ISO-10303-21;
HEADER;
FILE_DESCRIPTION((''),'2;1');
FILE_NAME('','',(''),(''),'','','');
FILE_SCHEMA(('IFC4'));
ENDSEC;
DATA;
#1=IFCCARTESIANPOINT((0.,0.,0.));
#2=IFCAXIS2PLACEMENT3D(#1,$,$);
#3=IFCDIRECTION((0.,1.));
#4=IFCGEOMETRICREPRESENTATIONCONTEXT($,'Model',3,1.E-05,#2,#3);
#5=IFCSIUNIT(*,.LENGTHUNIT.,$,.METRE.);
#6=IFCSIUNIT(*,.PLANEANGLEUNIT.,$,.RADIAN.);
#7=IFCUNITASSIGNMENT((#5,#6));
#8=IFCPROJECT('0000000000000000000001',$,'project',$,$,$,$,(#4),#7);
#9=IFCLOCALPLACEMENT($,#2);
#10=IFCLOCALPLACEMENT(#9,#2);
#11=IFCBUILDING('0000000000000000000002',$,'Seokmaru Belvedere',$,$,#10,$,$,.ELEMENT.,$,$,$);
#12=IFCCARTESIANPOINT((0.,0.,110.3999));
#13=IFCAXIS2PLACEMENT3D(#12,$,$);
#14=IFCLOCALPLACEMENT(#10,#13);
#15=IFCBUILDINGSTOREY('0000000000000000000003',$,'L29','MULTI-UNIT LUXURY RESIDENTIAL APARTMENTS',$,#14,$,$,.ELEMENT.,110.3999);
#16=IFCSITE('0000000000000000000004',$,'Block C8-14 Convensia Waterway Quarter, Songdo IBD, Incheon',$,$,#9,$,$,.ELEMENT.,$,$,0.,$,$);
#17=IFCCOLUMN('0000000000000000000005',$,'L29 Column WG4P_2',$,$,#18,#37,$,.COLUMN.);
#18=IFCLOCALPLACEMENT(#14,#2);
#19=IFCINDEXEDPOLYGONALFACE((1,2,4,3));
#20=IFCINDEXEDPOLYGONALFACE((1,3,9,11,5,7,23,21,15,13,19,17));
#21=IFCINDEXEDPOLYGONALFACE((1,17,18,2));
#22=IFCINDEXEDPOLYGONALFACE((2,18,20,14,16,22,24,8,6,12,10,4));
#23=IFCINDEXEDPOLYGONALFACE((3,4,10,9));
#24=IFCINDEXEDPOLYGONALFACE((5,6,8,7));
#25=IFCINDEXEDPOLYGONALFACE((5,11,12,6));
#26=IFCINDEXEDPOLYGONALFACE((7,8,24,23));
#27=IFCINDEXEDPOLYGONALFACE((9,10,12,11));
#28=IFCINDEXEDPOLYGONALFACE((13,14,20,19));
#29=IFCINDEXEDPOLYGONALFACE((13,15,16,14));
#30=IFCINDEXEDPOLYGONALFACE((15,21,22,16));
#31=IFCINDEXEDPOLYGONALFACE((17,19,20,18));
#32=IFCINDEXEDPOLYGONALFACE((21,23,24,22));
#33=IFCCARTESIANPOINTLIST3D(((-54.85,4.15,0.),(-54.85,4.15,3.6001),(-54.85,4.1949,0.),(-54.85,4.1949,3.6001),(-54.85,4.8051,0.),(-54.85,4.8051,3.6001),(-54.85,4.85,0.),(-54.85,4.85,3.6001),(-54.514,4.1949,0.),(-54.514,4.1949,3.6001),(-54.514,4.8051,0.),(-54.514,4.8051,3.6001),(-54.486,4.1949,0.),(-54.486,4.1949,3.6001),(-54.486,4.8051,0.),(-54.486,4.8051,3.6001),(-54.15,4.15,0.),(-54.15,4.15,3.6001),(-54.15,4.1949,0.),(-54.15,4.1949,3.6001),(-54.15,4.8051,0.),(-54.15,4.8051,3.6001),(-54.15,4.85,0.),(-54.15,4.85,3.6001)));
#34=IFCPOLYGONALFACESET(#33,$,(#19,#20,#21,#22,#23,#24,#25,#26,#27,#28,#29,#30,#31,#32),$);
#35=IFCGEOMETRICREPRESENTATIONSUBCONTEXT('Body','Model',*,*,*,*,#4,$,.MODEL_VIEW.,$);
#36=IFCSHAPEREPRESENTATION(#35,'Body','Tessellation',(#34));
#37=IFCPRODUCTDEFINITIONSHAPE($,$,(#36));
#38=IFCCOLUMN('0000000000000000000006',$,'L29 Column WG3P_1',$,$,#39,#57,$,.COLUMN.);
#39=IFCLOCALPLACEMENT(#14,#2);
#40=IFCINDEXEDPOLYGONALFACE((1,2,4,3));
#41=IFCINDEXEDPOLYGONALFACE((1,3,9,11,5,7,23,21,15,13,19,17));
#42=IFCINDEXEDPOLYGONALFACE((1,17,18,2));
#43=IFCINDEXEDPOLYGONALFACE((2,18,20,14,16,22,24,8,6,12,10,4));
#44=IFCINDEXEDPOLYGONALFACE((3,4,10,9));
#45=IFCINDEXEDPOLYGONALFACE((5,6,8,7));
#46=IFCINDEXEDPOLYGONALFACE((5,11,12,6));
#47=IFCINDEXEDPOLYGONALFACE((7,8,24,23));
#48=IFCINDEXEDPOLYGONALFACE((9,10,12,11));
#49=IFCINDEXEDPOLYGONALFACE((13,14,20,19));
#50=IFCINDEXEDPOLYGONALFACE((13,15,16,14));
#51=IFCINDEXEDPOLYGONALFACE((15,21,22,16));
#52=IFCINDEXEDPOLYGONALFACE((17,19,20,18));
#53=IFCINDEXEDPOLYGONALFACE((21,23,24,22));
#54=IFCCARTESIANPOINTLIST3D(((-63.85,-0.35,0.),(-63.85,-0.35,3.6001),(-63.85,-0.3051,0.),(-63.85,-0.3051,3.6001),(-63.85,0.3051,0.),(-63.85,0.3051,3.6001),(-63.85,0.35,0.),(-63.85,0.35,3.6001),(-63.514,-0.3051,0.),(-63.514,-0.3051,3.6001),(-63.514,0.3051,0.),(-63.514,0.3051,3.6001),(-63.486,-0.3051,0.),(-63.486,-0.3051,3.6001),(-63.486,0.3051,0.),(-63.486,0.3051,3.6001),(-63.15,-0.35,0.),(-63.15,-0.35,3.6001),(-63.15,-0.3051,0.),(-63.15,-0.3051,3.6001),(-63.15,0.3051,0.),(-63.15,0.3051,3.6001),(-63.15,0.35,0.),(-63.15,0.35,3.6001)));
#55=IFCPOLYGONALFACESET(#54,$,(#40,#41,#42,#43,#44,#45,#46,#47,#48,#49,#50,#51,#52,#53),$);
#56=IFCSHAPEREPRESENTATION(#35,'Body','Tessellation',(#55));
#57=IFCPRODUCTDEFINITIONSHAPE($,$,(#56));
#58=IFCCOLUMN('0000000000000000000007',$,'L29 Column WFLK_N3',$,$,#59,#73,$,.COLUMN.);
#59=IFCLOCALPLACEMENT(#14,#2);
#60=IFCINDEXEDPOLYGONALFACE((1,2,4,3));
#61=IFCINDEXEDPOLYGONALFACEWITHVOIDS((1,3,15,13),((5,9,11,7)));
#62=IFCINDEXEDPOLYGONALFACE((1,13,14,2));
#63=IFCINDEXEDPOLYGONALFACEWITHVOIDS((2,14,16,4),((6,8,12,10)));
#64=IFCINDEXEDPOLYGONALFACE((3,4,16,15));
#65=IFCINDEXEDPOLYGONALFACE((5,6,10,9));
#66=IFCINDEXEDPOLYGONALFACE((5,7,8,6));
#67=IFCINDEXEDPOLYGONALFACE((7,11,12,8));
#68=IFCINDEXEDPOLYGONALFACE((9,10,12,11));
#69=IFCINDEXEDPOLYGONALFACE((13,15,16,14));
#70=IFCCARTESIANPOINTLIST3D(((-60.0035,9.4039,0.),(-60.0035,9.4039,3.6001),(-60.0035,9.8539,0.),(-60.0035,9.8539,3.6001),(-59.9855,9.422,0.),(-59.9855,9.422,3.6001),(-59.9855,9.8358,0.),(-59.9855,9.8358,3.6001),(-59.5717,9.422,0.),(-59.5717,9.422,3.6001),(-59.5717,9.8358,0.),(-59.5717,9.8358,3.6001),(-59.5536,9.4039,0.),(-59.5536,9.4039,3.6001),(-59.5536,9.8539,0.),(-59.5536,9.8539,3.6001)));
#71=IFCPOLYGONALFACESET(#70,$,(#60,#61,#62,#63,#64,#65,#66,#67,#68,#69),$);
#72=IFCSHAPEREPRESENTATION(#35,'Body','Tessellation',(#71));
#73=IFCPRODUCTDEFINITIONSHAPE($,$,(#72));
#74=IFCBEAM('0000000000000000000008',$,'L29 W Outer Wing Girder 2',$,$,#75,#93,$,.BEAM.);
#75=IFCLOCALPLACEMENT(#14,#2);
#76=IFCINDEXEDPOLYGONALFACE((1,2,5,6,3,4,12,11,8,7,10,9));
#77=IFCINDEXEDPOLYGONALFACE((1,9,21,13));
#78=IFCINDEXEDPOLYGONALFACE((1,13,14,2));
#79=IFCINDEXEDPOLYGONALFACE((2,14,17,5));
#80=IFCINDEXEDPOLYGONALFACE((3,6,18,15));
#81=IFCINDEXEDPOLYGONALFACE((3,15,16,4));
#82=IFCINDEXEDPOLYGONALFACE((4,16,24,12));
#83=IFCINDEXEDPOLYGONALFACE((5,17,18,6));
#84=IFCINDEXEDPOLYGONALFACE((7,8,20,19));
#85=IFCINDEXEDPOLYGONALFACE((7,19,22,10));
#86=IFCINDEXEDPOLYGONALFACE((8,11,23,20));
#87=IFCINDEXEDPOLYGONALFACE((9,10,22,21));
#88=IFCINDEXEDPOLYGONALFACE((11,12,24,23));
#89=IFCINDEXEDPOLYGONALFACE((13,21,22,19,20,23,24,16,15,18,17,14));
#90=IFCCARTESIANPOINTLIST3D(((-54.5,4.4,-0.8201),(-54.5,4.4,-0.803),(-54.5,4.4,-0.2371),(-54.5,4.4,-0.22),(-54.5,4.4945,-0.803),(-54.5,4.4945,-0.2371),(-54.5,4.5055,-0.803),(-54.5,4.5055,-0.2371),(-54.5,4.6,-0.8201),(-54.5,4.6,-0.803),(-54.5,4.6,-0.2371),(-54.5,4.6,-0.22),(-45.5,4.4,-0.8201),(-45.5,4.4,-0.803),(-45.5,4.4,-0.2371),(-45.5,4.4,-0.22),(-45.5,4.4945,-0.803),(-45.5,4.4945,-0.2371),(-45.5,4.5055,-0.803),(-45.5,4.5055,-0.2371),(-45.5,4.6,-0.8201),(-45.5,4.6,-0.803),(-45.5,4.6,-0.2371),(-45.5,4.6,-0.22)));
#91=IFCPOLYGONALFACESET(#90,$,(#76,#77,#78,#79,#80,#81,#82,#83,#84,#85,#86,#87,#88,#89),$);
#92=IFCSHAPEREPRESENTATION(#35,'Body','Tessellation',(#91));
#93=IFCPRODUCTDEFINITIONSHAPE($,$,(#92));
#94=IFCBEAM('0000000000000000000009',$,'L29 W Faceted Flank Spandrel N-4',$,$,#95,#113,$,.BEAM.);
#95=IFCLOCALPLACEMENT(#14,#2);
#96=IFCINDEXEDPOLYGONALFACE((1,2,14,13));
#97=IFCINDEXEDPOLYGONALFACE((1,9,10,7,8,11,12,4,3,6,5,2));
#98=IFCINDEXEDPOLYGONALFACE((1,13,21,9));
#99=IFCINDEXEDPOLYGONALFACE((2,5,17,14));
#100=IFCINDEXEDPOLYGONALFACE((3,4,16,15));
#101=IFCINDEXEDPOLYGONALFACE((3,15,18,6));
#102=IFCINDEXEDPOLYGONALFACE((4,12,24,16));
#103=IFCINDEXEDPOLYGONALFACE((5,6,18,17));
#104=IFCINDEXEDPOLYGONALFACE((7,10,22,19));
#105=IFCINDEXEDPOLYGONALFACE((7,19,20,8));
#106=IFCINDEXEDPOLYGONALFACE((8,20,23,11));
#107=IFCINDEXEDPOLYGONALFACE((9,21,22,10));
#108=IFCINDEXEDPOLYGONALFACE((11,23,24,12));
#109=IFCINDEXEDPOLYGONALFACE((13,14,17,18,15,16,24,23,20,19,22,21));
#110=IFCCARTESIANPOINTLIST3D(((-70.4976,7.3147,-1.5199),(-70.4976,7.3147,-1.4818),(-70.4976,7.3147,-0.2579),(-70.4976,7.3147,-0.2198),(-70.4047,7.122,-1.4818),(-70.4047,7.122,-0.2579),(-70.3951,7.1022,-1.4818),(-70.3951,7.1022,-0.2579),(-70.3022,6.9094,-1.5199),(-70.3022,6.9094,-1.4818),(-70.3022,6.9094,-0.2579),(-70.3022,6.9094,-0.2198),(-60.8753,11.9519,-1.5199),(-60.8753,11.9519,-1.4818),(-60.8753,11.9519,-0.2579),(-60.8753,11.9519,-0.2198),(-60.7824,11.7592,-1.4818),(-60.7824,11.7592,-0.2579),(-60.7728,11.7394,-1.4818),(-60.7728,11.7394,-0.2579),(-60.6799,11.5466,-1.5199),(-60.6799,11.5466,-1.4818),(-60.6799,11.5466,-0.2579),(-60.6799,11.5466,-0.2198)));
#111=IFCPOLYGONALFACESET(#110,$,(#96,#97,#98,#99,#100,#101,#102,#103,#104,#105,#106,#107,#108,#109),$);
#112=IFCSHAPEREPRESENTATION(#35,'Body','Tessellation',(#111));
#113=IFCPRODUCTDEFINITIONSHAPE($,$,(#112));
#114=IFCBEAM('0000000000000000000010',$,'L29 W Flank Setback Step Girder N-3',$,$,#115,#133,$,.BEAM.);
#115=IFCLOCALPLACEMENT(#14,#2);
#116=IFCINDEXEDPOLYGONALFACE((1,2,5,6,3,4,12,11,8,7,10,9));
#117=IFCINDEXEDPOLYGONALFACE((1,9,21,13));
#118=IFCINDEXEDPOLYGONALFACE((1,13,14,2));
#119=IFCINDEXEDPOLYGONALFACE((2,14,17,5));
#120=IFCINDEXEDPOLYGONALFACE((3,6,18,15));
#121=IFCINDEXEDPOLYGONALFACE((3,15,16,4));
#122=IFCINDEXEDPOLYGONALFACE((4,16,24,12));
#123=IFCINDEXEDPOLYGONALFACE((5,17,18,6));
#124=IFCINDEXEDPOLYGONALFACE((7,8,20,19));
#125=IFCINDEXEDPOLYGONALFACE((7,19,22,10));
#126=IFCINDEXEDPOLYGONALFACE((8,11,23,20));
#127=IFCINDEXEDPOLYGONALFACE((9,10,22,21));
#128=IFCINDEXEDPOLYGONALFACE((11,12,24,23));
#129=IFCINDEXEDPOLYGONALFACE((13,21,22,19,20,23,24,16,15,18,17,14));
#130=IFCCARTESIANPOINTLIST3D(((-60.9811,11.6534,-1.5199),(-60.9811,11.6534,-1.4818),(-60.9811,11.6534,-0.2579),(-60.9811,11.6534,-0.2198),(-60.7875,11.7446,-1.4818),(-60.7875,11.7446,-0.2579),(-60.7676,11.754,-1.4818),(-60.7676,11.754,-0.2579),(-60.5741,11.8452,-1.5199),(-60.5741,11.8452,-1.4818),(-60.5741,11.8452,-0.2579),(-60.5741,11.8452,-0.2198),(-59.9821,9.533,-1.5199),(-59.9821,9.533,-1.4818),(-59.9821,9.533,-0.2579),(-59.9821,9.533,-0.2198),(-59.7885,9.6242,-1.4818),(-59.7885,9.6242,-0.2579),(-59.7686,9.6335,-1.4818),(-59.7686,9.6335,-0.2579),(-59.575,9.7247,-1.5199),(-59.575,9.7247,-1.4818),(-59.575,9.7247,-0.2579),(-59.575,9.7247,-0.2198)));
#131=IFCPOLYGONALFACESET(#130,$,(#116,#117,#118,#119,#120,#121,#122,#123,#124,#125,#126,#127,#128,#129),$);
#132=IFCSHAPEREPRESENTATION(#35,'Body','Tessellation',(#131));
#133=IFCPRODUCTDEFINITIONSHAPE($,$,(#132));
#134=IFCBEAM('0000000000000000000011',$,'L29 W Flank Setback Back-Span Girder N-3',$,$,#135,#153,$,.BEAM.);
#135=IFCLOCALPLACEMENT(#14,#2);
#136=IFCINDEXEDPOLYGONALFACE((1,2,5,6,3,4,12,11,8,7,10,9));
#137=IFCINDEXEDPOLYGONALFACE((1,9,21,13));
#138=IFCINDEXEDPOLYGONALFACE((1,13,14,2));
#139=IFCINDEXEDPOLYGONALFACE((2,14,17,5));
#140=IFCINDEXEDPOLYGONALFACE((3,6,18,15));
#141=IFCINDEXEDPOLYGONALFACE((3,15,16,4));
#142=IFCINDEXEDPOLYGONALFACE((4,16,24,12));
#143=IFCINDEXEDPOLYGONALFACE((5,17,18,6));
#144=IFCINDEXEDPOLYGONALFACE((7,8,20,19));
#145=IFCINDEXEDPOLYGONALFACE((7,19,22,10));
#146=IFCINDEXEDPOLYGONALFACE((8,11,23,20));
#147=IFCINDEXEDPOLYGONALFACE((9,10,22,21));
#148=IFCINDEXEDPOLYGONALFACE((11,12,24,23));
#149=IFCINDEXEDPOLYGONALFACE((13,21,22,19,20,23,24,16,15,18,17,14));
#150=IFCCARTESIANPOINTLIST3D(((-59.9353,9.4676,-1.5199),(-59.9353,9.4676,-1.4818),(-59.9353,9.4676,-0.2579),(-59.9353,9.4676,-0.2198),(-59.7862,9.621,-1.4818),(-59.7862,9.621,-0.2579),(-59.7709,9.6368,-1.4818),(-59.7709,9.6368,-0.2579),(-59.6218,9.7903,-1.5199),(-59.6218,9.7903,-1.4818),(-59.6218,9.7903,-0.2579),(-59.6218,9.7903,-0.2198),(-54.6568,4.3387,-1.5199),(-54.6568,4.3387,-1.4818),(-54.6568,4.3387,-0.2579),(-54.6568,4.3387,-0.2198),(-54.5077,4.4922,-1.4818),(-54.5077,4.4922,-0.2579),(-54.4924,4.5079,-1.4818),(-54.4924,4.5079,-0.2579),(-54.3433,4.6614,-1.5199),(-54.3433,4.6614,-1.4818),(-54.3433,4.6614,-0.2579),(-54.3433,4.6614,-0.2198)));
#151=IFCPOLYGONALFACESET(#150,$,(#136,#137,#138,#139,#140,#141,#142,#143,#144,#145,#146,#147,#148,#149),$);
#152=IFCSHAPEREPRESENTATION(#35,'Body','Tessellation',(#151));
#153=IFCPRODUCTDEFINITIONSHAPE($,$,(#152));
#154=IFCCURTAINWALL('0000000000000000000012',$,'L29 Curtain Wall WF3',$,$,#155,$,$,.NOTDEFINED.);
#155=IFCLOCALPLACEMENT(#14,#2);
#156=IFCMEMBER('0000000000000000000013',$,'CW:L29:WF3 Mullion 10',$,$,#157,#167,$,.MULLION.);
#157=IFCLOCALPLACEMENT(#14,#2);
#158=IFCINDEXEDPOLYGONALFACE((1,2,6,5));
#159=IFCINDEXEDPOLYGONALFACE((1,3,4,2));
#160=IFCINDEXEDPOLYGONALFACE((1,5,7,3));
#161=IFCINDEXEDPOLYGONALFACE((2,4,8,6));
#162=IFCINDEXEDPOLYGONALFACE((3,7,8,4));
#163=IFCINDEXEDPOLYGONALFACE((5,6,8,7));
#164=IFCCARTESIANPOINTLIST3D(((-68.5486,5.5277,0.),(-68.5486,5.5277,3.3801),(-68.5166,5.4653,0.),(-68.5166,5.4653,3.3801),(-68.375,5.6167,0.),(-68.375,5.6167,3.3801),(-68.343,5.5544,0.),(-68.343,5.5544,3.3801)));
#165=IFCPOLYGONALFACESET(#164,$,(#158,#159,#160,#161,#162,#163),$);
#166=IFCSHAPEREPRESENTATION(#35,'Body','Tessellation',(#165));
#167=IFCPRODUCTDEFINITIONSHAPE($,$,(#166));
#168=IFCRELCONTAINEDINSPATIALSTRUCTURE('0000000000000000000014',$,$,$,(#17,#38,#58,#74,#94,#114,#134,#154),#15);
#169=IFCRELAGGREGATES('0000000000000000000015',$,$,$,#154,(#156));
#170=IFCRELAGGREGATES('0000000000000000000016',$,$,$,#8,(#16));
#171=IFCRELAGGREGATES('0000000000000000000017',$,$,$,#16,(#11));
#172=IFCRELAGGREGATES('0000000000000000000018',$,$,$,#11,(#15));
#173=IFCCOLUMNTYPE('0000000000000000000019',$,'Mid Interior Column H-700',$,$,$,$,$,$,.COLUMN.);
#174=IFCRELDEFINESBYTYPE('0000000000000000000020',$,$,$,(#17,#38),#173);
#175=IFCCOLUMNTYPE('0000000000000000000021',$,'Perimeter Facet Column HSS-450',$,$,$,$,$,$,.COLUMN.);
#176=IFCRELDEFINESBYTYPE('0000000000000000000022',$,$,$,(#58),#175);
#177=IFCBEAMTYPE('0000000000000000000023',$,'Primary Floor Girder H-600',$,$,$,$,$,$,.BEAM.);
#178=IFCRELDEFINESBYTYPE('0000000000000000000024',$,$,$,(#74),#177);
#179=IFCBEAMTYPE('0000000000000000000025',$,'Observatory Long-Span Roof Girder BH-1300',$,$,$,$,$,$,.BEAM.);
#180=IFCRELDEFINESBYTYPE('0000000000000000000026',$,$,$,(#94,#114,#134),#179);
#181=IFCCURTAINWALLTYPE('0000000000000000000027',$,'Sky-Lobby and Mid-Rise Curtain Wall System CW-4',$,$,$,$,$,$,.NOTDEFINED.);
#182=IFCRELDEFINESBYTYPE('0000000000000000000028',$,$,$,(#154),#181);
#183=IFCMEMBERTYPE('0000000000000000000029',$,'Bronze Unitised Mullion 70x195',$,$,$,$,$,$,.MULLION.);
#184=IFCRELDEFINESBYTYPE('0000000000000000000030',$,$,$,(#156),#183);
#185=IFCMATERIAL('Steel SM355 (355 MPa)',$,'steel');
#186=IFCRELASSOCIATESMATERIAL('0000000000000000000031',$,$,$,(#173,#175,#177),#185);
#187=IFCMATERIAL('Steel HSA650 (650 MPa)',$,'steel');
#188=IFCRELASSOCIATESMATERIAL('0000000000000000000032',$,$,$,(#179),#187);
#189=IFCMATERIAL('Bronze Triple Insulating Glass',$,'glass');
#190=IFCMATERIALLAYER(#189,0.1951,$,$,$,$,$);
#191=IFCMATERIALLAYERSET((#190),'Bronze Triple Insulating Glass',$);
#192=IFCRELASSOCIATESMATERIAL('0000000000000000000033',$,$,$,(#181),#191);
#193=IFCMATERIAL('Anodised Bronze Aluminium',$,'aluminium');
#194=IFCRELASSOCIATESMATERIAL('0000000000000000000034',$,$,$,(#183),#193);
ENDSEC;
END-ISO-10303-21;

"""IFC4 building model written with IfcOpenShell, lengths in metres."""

from ifc_helpers import new_model, si_unit, direction, frame, origin, origin_2d, place, context, subcontext, project, spatial, rectangle, hollow_rectangle, i_section, extrude, source, transform, mapped, material, layer, layer_set, material_profile, profile_set, type_object, type_shapes, element, aggregate, save


model = new_model("IFC4")

# Units and contexts
model_context = context("Model", 3, precision=1e-05, world=origin(), true_north=direction((0.0, 1.0)))
body_context = subcontext(model_context, "Body", "Model", "MODEL_VIEW")
ifc_project = project(units=[si_unit("LENGTHUNIT", "METRE"), si_unit("PLANEANGLEUNIT", "RADIAN")], contexts=[model_context])

# Site, building, storey
site_placement = place(None, origin())
site = spatial("IfcSite", under=ifc_project, at=site_placement, Name="Block C8-14 Convensia Waterway Quarter, Songdo IBD, Incheon", CompositionType="ELEMENT", RefElevation=0.0)
building_placement = place(site_placement, origin())
building = spatial("IfcBuilding", under=site, at=building_placement, Name="Seokmaru Belvedere", CompositionType="ELEMENT")
storey_placement = place(building_placement, frame((0.0, 0.0, 110.3999)))
storey = spatial("IfcBuildingStorey", under=building, at=storey_placement, Name="L29", Description="MULTI-UNIT LUXURY RESIDENTIAL APARTMENTS", CompositionType="ELEMENT", Elevation=110.3999)

# Columns
ifc_material_1 = material(Name="Steel SM355 (355 MPa)", Category="steel")
ifc_material_profile_1 = material_profile(ifc_material_1, i_section(OverallWidth=0.7, OverallDepth=0.7, WebThickness=0.0281, FlangeThickness=0.0449, at=origin_2d()), Name="H-700x700x28x45")
ifc_profile_set_1 = profile_set([ifc_material_profile_1], Name="Steel SM355 (355 MPa)")
column_type_1 = type_object("IfcColumnType", Name="Mid Interior Column H-700", PredefinedType="COLUMN", material=ifc_profile_set_1)
shared_shape_1 = source(origin(), body_context, "Body", "SweptSolid", [
    extrude(i_section(OverallWidth=0.7, OverallDepth=0.7, WebThickness=0.0281, FlangeThickness=0.0449, at=origin_2d()), origin(), (0.0, 0.0, 1.0), 3.6001),
])
type_shapes(column_type_1, [shared_shape_1])
for number, where, z_axis, x_axis, name in (
    (1, (-54.5, 4.5, 0.0), (0.0, 0.0, 1.0), (1.0, 0.0, 0.0), "L29 Column WG4P_2"),
    (2, (-63.5, 0.0, 0.0), (0.0, 0.0, 1.0), (1.0, 0.0, 0.0), "L29 Column WG3P_1"),
):
    element("IfcColumn", number, at=place(storey_placement, frame(where, z_axis=z_axis, x_axis=x_axis)), inside=storey, type_object=column_type_1, Name=name, PredefinedType="COLUMN", context=body_context, shape_type="MappedRepresentation", body=[
        mapped(shared_shape_1, transform((0.0, 0.0, 0.0), scale=1.0)),
    ])
ifc_material_profile_2 = material_profile(ifc_material_1, hollow_rectangle(XDim=0.45, YDim=0.45, WallThickness=0.0181, at=origin_2d()), Name="HSS-450x450x18")
ifc_profile_set_2 = profile_set([ifc_material_profile_2], Name="Steel SM355 (355 MPa)")
column_type_2 = type_object("IfcColumnType", Name="Perimeter Facet Column HSS-450", PredefinedType="COLUMN", material=ifc_profile_set_2)
shared_shape_2 = source(origin(), body_context, "Body", "SweptSolid", [
    extrude(hollow_rectangle(XDim=0.45, YDim=0.45, WallThickness=0.0181, at=origin_2d()), origin(), (0.0, 0.0, 1.0), 3.6001),
])
type_shapes(column_type_2, [shared_shape_2])
column_placement = place(storey_placement, frame((-59.7786, 9.6289, 0.0), z_axis=(0.0, 0.0, 1.0), x_axis=(1.0, 0.0, 0.0)))
element("IfcColumn", 3, at=column_placement, inside=storey, type_object=column_type_2, Name="L29 Column WFLK_N3", PredefinedType="COLUMN", context=body_context, shape_type="MappedRepresentation", body=[
    mapped(shared_shape_2, transform((0.0, 0.0, 0.0), scale=1.0)),
])

# Beams
ifc_material_profile_3 = material_profile(ifc_material_1, i_section(OverallWidth=0.2, OverallDepth=0.6001, WebThickness=0.011, FlangeThickness=0.0171, at=origin_2d()), Name="H-600x200x11x17")
ifc_profile_set_3 = profile_set([ifc_material_profile_3], Name="Steel SM355 (355 MPa)")
beam_type_1 = type_object("IfcBeamType", Name="Primary Floor Girder H-600", PredefinedType="BEAM", material=ifc_profile_set_3)
shared_shape_3 = source(origin(), body_context, "Body", "SweptSolid", [
    extrude(i_section(OverallWidth=0.2, OverallDepth=0.6001, WebThickness=0.011, FlangeThickness=0.0171, at=origin_2d()), origin(), (0.0, 0.0, 1.0), 9.0),
])
type_shapes(beam_type_1, [shared_shape_3])
beam_1_placement = place(storey_placement, frame((-54.5, 4.5, -0.52), z_axis=(1.0, 0.0, 0.0), x_axis=(0.0, 1.0, 0.0)))
element("IfcBeam", 4, at=beam_1_placement, inside=storey, type_object=beam_type_1, Name="L29 W Outer Wing Girder 2", PredefinedType="BEAM", context=body_context, shape_type="MappedRepresentation", body=[
    mapped(shared_shape_3, transform((0.0, 0.0, 0.0), scale=1.0)),
])
ifc_material_2 = material(Name="Steel HSA650 (650 MPa)", Category="steel")
ifc_material_profile_4 = material_profile(ifc_material_2, i_section(OverallWidth=0.45, OverallDepth=1.3, WebThickness=0.022, FlangeThickness=0.0381, at=origin_2d()), Name="BH-1300x450x22x38")
ifc_profile_set_4 = profile_set([ifc_material_profile_4], Name="Steel HSA650 (650 MPa)")
beam_type_2 = type_object("IfcBeamType", Name="Observatory Long-Span Roof Girder BH-1300", PredefinedType="BEAM", material=ifc_profile_set_4)
shared_shape_4 = source(origin(), body_context, "Body", "SweptSolid", [
    extrude(i_section(OverallWidth=0.45, OverallDepth=1.3, WebThickness=0.022, FlangeThickness=0.0381, at=origin_2d()), origin(), (0.0, 0.0, 1.0), 10.6814),
])
beam_2_placement = place(storey_placement, frame((-60.7776, 11.7493, -0.8699), z_axis=(-0.900846, -0.434138, 0.0), x_axis=(0.434138, -0.900846, 0.0)))
element("IfcBeam", 5, at=beam_2_placement, inside=storey, type_object=beam_type_2, Name="L29 W Faceted Flank Spandrel N-4", PredefinedType="BEAM", context=body_context, shape_type="MappedRepresentation", body=[
    mapped(shared_shape_4, transform((0.0, 0.0, 0.0), scale=1.0)),
])
shared_shape_5 = source(origin(), body_context, "Body", "SweptSolid", [
    extrude(i_section(OverallWidth=0.45, OverallDepth=1.3, WebThickness=0.022, FlangeThickness=0.0381, at=origin_2d()), origin(), (0.0, 0.0, 1.0), 2.344),
])
beam_3_placement = place(storey_placement, frame((-60.7776, 11.7493, -0.8699), z_axis=(0.426218, -0.90462, 0.0), x_axis=(0.90462, 0.426218, 0.0)))
element("IfcBeam", 6, at=beam_3_placement, inside=storey, type_object=beam_type_2, Name="L29 W Flank Setback Step Girder N-3", PredefinedType="BEAM", context=body_context, shape_type="MappedRepresentation", body=[
    mapped(shared_shape_5, transform((0.0, 0.0, 0.0), scale=1.0)),
])
shared_shape_6 = source(origin(), body_context, "Body", "SweptSolid", [
    extrude(i_section(OverallWidth=0.45, OverallDepth=1.3, WebThickness=0.022, FlangeThickness=0.0381, at=origin_2d()), origin(), (0.0, 0.0, 1.0), 7.3599),
])
type_shapes(beam_type_2, [shared_shape_4, shared_shape_5, shared_shape_6])
beam_4_placement = place(storey_placement, frame((-59.7786, 9.6289, -0.8699), z_axis=(0.717201, -0.696867, 0.0), x_axis=(0.696867, 0.717201, 0.0)))
element("IfcBeam", 7, at=beam_4_placement, inside=storey, type_object=beam_type_2, Name="L29 W Flank Setback Back-Span Girder N-3", PredefinedType="BEAM", context=body_context, shape_type="MappedRepresentation", body=[
    mapped(shared_shape_6, transform((0.0, 0.0, 0.0), scale=1.0)),
])

# Curtain wall, member
ifc_material_3 = material(Name="Bronze Triple Insulating Glass", Category="glass")
ifc_layer_1 = layer(ifc_material_3, 0.1951)
ifc_layer_set_1 = layer_set([ifc_layer_1], Name="Bronze Triple Insulating Glass")
curtain_wall_type = type_object("IfcCurtainWallType", Name="Sky-Lobby and Mid-Rise Curtain Wall System CW-4", PredefinedType="NOTDEFINED", material=ifc_layer_set_1)
curtain_wall_placement = place(storey_placement, origin())
curtain_wall = element("IfcCurtainWall", 8, at=curtain_wall_placement, inside=storey, type_object=curtain_wall_type, Name="L29 Curtain Wall WF3", PredefinedType="NOTDEFINED")
ifc_material_4 = material(Name="Anodised Bronze Aluminium", Category="aluminium")
ifc_material_profile_5 = material_profile(ifc_material_4, rectangle(XDim=0.0701, YDim=0.1951, at=origin_2d()), Name="CW-M-70x195")
ifc_profile_set_5 = profile_set([ifc_material_profile_5], Name="Anodised Bronze Aluminium")
member_type = type_object("IfcMemberType", Name="Bronze Unitised Mullion 70x195", PredefinedType="MULLION", material=ifc_profile_set_5)
shared_shape_7 = source(origin(), body_context, "Body", "SweptSolid", [
    extrude(rectangle(XDim=0.0701, YDim=0.1951, at=origin_2d()), origin(), (0.0, 0.0, 1.0), 3.3801),
])
member_1_placement = place(storey_placement, frame((-68.4458, 5.541, 0.0), z_axis=(0.0, 0.0, 1.0), x_axis=(0.456555, -0.889695, 0.0)))
member_1 = element("IfcMember", 9, at=member_1_placement, type_object=member_type, Name="CW:L29:WF3 Mullion 10", PredefinedType="MULLION", context=body_context, shape_type="MappedRepresentation", body=[
    mapped(shared_shape_7, transform((0.0, 0.0, 0.0), scale=1.0)),
])
aggregate(curtain_wall, [member_1])

save(model, "model.ifc")
